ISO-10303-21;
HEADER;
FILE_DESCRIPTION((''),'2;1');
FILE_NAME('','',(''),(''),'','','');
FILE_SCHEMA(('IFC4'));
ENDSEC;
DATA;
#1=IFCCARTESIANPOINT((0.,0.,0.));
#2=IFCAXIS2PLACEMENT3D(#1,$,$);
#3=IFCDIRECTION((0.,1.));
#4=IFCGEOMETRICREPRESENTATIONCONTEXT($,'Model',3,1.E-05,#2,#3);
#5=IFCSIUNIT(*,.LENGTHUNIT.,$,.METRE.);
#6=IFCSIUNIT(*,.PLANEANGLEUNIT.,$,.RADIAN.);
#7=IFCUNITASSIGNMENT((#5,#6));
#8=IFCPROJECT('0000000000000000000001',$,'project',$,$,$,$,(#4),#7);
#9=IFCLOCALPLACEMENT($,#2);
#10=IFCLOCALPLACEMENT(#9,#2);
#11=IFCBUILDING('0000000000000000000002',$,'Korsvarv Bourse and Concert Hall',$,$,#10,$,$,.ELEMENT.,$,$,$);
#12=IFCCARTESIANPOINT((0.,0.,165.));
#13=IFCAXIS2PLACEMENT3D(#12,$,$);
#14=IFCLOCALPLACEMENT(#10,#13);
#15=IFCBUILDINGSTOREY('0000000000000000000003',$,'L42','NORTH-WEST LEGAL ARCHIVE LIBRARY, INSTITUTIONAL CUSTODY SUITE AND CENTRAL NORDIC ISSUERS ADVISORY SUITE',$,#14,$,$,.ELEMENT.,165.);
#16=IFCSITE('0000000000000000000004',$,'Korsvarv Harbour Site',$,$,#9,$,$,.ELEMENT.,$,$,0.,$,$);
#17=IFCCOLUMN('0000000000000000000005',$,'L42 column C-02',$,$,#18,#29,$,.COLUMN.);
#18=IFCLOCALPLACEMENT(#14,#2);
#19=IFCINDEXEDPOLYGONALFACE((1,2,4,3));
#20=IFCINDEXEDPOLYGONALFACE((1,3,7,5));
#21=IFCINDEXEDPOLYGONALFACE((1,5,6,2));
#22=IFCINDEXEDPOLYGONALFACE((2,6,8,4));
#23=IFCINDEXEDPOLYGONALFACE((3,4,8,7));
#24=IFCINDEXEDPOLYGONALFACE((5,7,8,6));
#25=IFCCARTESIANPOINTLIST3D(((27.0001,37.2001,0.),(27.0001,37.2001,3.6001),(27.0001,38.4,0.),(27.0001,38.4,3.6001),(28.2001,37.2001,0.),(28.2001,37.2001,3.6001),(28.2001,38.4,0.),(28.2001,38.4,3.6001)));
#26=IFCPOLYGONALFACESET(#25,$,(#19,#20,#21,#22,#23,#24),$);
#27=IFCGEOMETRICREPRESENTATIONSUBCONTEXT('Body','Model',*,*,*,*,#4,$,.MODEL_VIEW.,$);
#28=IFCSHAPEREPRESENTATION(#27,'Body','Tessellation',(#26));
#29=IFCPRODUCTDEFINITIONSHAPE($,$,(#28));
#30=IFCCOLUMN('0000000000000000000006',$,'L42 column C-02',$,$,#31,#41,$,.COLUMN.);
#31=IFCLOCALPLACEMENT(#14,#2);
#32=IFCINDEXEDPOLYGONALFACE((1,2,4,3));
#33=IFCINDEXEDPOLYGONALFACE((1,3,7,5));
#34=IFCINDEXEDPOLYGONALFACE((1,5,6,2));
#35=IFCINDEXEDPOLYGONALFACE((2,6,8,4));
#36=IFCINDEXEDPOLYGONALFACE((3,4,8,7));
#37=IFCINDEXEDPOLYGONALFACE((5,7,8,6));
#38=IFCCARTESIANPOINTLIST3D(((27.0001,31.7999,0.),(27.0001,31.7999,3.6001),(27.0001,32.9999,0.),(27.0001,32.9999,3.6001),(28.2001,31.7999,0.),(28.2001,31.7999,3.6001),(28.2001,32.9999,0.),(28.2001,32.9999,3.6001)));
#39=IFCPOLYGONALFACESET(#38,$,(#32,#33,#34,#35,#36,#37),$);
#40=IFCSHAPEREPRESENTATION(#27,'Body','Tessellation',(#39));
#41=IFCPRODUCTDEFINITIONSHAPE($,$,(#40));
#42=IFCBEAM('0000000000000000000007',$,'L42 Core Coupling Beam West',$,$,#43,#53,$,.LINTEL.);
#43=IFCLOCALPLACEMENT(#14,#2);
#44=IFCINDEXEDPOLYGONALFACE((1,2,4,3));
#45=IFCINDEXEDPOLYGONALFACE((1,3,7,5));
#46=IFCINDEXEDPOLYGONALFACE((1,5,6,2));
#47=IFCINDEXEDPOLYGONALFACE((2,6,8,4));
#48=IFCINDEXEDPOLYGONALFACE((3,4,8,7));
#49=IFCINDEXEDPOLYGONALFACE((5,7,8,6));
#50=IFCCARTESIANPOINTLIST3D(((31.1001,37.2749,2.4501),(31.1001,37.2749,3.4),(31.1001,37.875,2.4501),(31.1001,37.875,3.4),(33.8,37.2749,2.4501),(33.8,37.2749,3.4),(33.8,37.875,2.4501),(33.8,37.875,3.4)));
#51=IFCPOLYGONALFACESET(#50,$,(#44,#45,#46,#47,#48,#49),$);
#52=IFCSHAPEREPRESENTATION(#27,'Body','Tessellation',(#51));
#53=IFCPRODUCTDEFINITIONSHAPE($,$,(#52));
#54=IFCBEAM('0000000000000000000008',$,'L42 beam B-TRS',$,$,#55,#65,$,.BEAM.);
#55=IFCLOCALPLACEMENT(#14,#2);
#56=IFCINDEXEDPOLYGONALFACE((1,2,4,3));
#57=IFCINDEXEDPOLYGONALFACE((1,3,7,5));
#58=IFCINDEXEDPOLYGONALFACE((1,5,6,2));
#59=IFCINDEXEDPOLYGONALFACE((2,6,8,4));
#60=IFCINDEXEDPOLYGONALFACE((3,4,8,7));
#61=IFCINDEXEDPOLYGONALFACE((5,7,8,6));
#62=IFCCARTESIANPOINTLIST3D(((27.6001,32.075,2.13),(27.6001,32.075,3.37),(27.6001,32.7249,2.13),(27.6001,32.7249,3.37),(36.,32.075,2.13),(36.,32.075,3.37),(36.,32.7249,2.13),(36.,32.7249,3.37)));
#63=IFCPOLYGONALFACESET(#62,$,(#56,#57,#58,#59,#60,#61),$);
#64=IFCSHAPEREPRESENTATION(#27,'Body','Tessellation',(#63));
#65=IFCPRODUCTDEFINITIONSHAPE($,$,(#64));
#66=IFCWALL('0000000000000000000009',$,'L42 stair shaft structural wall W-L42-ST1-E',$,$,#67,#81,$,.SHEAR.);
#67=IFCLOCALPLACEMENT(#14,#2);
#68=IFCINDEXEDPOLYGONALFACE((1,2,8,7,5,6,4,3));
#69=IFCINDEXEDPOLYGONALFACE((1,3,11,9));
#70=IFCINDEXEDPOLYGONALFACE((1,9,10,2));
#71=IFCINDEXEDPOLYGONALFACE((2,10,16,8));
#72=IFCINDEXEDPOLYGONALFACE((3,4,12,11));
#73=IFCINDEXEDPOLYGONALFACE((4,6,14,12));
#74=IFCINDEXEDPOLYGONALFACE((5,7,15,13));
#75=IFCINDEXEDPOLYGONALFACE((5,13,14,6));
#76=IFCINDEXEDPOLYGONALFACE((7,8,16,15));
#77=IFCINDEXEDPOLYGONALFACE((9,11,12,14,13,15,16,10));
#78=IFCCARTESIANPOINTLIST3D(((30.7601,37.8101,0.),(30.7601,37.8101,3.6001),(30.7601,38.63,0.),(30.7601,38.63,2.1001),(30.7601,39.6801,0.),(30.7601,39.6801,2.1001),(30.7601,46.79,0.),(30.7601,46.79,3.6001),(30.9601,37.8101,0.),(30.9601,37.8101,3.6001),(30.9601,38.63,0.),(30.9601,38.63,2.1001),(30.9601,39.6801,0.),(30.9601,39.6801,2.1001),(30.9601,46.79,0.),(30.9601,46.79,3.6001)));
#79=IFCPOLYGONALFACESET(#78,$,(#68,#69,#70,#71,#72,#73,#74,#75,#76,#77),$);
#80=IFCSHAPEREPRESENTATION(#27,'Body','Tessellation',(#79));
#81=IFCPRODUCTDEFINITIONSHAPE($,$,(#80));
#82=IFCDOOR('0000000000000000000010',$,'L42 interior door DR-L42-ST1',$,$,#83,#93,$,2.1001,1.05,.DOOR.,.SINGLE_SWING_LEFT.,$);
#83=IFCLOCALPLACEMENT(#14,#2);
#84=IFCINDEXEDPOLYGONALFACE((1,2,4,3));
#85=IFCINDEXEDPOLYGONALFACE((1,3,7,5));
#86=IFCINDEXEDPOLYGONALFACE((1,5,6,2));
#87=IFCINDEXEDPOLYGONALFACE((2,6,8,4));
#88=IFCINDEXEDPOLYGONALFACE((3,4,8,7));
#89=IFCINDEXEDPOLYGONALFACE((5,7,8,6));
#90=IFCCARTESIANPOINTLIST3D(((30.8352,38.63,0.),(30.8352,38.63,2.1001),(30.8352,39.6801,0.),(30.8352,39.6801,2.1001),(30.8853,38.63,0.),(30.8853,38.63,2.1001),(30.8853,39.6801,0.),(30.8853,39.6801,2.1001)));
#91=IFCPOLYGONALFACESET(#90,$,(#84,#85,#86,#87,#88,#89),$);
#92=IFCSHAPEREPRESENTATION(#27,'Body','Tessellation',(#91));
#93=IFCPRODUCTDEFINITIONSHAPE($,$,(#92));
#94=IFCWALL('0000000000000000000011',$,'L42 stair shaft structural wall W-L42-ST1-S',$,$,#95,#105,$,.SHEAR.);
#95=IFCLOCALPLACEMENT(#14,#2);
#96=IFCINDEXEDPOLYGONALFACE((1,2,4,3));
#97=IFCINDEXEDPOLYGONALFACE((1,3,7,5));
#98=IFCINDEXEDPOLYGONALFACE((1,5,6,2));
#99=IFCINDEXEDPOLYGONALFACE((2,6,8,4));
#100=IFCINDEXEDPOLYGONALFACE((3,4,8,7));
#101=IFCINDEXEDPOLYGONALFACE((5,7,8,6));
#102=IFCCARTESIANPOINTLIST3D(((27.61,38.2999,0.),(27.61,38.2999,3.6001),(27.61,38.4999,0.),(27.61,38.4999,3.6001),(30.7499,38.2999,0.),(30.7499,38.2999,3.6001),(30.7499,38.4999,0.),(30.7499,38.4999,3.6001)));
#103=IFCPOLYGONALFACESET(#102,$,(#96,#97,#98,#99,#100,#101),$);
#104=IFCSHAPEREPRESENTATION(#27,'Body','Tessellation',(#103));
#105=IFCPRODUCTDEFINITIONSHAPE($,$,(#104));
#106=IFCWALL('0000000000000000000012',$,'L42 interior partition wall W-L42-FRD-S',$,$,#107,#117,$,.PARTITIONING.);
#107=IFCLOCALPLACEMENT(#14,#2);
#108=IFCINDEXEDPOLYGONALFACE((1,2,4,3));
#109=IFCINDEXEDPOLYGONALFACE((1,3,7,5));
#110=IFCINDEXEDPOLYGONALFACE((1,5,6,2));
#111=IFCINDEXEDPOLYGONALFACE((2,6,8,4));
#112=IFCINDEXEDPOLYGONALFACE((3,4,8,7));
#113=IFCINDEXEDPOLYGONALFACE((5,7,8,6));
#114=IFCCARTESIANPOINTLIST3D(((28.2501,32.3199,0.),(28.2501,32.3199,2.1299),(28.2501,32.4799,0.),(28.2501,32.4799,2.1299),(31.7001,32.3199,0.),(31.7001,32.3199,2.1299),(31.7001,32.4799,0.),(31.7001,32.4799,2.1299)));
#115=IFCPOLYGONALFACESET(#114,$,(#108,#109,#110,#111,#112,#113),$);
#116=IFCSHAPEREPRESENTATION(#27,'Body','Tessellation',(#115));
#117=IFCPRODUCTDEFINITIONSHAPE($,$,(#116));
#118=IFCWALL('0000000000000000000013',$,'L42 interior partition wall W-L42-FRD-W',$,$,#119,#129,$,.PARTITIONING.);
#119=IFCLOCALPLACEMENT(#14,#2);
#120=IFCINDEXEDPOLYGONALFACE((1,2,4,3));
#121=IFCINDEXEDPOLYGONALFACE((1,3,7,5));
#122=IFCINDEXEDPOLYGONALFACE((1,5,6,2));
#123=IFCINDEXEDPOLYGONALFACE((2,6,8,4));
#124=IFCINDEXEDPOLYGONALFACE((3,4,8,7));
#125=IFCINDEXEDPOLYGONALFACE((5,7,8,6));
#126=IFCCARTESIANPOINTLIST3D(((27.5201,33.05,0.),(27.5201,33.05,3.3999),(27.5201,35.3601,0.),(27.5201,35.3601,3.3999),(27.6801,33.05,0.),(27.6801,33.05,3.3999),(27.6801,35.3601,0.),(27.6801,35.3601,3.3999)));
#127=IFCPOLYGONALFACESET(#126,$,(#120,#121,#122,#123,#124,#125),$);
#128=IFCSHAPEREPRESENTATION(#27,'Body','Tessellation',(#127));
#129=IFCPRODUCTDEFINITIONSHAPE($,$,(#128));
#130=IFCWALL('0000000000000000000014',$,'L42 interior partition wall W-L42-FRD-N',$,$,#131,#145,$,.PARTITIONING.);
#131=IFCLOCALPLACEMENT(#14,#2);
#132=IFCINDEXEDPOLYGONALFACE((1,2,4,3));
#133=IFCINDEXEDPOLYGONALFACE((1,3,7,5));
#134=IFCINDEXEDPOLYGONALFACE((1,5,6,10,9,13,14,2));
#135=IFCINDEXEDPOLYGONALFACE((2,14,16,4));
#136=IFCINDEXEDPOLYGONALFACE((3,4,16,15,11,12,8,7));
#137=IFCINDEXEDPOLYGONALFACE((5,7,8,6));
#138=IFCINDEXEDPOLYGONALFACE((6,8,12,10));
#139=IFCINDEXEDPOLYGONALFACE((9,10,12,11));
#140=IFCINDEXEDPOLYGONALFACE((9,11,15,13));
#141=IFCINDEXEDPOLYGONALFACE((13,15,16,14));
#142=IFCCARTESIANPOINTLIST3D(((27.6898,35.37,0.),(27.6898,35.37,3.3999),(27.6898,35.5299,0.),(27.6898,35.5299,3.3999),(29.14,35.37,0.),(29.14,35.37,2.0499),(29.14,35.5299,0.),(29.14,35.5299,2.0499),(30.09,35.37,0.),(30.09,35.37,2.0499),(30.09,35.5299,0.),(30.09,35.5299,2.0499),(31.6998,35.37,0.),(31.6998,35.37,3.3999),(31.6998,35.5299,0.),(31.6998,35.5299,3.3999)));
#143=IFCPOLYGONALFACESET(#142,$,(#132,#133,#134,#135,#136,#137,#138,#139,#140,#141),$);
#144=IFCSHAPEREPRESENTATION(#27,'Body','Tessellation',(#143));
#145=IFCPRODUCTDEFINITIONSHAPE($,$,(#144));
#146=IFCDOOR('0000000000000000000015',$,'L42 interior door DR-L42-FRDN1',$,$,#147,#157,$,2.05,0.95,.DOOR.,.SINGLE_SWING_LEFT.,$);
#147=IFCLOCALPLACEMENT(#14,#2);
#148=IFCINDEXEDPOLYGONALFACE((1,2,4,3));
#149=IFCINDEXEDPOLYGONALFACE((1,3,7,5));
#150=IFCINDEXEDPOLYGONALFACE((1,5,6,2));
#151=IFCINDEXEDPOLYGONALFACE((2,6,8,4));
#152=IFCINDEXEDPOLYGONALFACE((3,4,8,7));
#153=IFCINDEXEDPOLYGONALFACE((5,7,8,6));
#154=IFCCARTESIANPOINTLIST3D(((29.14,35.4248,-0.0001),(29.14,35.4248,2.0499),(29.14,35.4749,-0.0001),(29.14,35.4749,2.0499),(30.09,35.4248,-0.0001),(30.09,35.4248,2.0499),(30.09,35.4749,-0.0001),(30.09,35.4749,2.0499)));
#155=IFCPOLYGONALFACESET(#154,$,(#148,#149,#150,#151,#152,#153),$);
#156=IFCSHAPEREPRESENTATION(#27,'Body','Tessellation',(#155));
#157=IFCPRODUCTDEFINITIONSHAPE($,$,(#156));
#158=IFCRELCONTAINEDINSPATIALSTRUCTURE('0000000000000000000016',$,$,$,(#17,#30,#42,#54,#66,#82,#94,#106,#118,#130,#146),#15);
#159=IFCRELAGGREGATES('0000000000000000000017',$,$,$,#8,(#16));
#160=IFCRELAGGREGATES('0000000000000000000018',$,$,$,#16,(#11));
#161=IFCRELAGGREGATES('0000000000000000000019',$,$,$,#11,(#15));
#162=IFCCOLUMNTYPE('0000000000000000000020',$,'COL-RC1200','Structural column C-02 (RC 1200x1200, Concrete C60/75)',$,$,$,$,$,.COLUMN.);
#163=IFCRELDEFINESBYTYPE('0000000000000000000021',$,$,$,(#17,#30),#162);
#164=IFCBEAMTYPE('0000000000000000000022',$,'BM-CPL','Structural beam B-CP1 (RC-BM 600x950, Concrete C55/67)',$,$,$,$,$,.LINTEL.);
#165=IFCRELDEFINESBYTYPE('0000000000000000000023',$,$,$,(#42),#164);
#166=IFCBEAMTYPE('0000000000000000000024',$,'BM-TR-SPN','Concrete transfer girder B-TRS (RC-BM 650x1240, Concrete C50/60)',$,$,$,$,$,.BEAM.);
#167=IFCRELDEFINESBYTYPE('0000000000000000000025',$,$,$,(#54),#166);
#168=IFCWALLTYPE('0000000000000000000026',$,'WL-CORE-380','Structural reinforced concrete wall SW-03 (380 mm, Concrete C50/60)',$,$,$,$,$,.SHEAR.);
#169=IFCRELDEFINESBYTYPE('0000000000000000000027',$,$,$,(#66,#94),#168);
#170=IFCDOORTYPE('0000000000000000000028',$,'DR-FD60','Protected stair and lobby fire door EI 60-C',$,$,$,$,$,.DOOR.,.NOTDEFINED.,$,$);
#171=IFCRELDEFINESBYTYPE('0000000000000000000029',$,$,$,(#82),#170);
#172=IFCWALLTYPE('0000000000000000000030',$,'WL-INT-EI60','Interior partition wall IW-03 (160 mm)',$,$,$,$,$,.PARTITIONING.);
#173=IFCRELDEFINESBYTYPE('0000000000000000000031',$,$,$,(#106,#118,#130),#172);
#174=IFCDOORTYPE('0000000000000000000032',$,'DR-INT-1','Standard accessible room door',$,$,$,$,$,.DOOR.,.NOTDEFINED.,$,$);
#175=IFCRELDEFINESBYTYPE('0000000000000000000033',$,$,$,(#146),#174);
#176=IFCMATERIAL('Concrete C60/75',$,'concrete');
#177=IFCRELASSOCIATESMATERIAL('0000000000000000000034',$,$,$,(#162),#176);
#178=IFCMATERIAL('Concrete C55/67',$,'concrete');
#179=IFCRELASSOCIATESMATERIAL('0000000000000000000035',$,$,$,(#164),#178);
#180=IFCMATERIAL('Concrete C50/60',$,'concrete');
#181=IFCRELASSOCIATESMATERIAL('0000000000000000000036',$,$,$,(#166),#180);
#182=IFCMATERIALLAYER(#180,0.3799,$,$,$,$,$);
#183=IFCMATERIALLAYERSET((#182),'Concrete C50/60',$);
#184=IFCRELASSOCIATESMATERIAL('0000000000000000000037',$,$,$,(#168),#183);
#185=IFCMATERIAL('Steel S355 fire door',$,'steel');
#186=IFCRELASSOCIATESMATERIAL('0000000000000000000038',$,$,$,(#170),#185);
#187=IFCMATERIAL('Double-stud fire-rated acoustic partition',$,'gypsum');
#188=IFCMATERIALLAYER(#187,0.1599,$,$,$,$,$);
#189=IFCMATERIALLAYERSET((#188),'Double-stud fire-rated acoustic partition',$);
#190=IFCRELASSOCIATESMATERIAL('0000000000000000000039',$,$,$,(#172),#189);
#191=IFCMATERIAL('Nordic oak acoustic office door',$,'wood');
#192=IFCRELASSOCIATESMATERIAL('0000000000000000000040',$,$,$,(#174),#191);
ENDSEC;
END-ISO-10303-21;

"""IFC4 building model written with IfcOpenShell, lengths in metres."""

from ifc_helpers import new_model, si_unit, direction, frame, frame_2d, origin, origin_2d, place, context, subcontext, project, spatial, rectangle, extrude, source, transform, mapped, material, layer, layer_set, material_profile, profile_set, type_object, element, fill, save


model = new_model("IFC4")

# Units and contexts
model_context = context("Model", 3, precision=1e-05, world=origin(), true_north=direction((0.0, 1.0)))
body_context = subcontext(model_context, "Body", "Model", "MODEL_VIEW")
ifc_project = project(units=[si_unit("LENGTHUNIT", "METRE"), si_unit("PLANEANGLEUNIT", "RADIAN")], contexts=[model_context])

# Site, building, storey
site_placement = place(None, origin())
site = spatial("IfcSite", under=ifc_project, at=site_placement, Name="Korsvarv Harbour Site", CompositionType="ELEMENT", RefElevation=0.0)
building_placement = place(site_placement, origin())
building = spatial("IfcBuilding", under=site, at=building_placement, Name="Korsvarv Bourse and Concert Hall", CompositionType="ELEMENT")
storey_placement = place(building_placement, frame((0.0, 0.0, 165.0)))
storey = spatial("IfcBuildingStorey", under=building, at=storey_placement, Name="L42", Description="NORTH-WEST LEGAL ARCHIVE LIBRARY, INSTITUTIONAL CUSTODY SUITE AND CENTRAL NORDIC ISSUERS ADVISORY SUITE", CompositionType="ELEMENT", Elevation=165.0)

# Columns
ifc_material_1 = material(Name="Concrete C60/75", Category="concrete")
ifc_material_profile_1 = material_profile(ifc_material_1, rectangle(XDim=1.2, YDim=1.2, at=origin_2d()), Name="RC 1200x1200")
ifc_profile_set_1 = profile_set([ifc_material_profile_1], Name="Concrete C60/75")
column_type = type_object("IfcColumnType", Name="COL-RC1200", Description="Structural column C-02 (RC 1200x1200, Concrete C60/75)", PredefinedType="COLUMN", material=ifc_profile_set_1)
shared_shape_1 = source(origin(), body_context, "Body", "SweptSolid", [
    extrude(rectangle(XDim=1.2, YDim=1.2, at=origin_2d()), origin(), (0.0, 0.0, 1.0), 3.6001),
])
for number, where, z_axis, x_axis, name in (
    (1, (27.6001, 37.8, 0.0), (0.0, 0.0, 1.0), (1.0, 0.0, 0.0), "L42 column C-02"),
    (2, (27.6001, 32.3999, 0.0), (0.0, 0.0, 1.0), (1.0, 0.0, 0.0), "L42 column C-02"),
):
    element("IfcColumn", number, at=place(storey_placement, frame(where, z_axis=z_axis, x_axis=x_axis)), inside=storey, type_object=column_type, Name=name, PredefinedType="COLUMN", context=body_context, shape_type="MappedRepresentation", body=[
        mapped(shared_shape_1, transform((0.0, 0.0, 0.0), scale=1.0)),
    ])

# Beams
ifc_material_2 = material(Name="Concrete C55/67", Category="concrete")
ifc_material_profile_2 = material_profile(ifc_material_2, rectangle(XDim=0.6001, YDim=0.95, at=origin_2d()), Name="RC-BM 600x950")
ifc_profile_set_2 = profile_set([ifc_material_profile_2], Name="Concrete C55/67")
beam_type_1 = type_object("IfcBeamType", Name="BM-CPL", Description="Structural beam B-CP1 (RC-BM 600x950, Concrete C55/67)", PredefinedType="LINTEL", material=ifc_profile_set_2)
shared_shape_2 = source(origin(), body_context, "Body", "SweptSolid", [
    extrude(rectangle(XDim=0.6001, YDim=0.95, at=origin_2d()), origin(), (0.0, 0.0, 1.0), 2.7),
])
beam_1_placement = place(storey_placement, frame((31.1001, 37.575, 2.925), z_axis=(1.0, 0.0, 0.0), x_axis=(0.0, 1.0, 0.0)))
element("IfcBeam", 3, at=beam_1_placement, inside=storey, type_object=beam_type_1, Name="L42 Core Coupling Beam West", PredefinedType="LINTEL", context=body_context, shape_type="MappedRepresentation", body=[
    mapped(shared_shape_2, transform((0.0, 0.0, 0.0), scale=1.0)),
])
ifc_material_3 = material(Name="Concrete C50/60", Category="concrete")
ifc_material_profile_3 = material_profile(ifc_material_3, rectangle(XDim=0.6499, YDim=1.24, at=origin_2d()), Name="RC-BM 650x1240")
ifc_profile_set_3 = profile_set([ifc_material_profile_3], Name="Concrete C50/60")
beam_type_2 = type_object("IfcBeamType", Name="BM-TR-SPN", Description="Concrete transfer girder B-TRS (RC-BM 650x1240, Concrete C50/60)", PredefinedType="BEAM", material=ifc_profile_set_3)
shared_shape_3 = source(origin(), body_context, "Body", "SweptSolid", [
    extrude(rectangle(XDim=0.6499, YDim=1.24, at=origin_2d()), origin(), (0.0, 0.0, 1.0), 8.3999),
])
beam_2_placement = place(storey_placement, frame((27.6001, 32.3999, 2.75), z_axis=(1.0, 0.0, 0.0), x_axis=(0.0, 1.0, 0.0)))
element("IfcBeam", 4, at=beam_2_placement, inside=storey, type_object=beam_type_2, Name="L42 beam B-TRS", PredefinedType="BEAM", context=body_context, shape_type="MappedRepresentation", body=[
    mapped(shared_shape_3, transform((0.0, 0.0, 0.0), scale=1.0)),
])

# Wall, opening, door
ifc_layer_1 = layer(ifc_material_3, 0.3799)
ifc_layer_set_1 = layer_set([ifc_layer_1], Name="Concrete C50/60")
wall_type_1 = type_object("IfcWallType", Name="WL-CORE-380", Description="Structural reinforced concrete wall SW-03 (380 mm, Concrete C50/60)", PredefinedType="SHEAR", material=ifc_layer_set_1)
wall_1_placement = place(storey_placement, frame((30.8601, 37.8101, 0.0), z_axis=(0.0, 0.0, 1.0), x_axis=(0.0, 1.0, 0.0)))
wall_1 = element("IfcWall", 5, at=wall_1_placement, inside=storey, type_object=wall_type_1, Name="L42 stair shaft structural wall W-L42-ST1-E", PredefinedType="SHEAR", context=body_context, shape_type="SweptSolid", body=[
    extrude(rectangle(XDim=8.98, YDim=0.2, at=frame_2d((4.49, 0.0))), origin(), (0.0, 0.0, 1.0), 3.6001),
])
opening_1_placement = place(wall_1_placement, frame((0.8201, 0.0, 0.0)))
opening_1 = element("IfcOpeningElement", 6, at=opening_1_placement, cuts=wall_1, PredefinedType="OPENING", context=body_context, shape_type="SweptSolid", body=[
    extrude(rectangle(XDim=1.05, YDim=2.1001, at=frame_2d((0.5249, 1.05))), frame((0.0, 0.1099, 0.0), z_axis=(0.0, -1.0, 0.0), x_axis=(1.0, 0.0, 0.0)), (0.0, 0.0, 1.0), 0.22),
])
ifc_material_4 = material(Name="Steel S355 fire door", Category="steel")
door_type_1 = type_object("IfcDoorType", Name="DR-FD60", Description="Protected stair and lobby fire door EI 60-C", OperationType="NOTDEFINED", PredefinedType="DOOR", material=ifc_material_4)
door_1_placement = place(opening_1_placement, origin())
door_1 = element("IfcDoor", 7, at=door_1_placement, inside=storey, type_object=door_type_1, Name="L42 interior door DR-L42-ST1", OperationType="SINGLE_SWING_LEFT", OverallHeight=2.1001, OverallWidth=1.05, PredefinedType="DOOR", context=body_context, shape_type="SweptSolid", body=[
    extrude(rectangle(XDim=1.05, YDim=2.1001, at=frame_2d((0.5249, 1.05))), frame((0.0, 0.0249, 0.0), z_axis=(0.0, -1.0, 0.0), x_axis=(1.0, 0.0, 0.0)), (0.0, 0.0, 1.0), 0.05),
])
fill(opening_1, door_1)

# Walls
wall_2_placement = place(storey_placement, frame((27.6101, 38.3999, 0.0), z_axis=(0.0, 0.0, 1.0), x_axis=(1.0, 0.0, 0.0)))
element("IfcWall", 8, at=wall_2_placement, inside=storey, type_object=wall_type_1, Name="L42 stair shaft structural wall W-L42-ST1-S", PredefinedType="SHEAR", context=body_context, shape_type="SweptSolid", body=[
    extrude(rectangle(XDim=3.1399, YDim=0.2, at=frame_2d((1.5698, 0.0))), origin(), (0.0, 0.0, 1.0), 3.6001),
])
ifc_material_5 = material(Name="Double-stud fire-rated acoustic partition", Category="gypsum")
ifc_layer_2 = layer(ifc_material_5, 0.1599)
ifc_layer_set_2 = layer_set([ifc_layer_2], Name="Double-stud fire-rated acoustic partition")
wall_type_2 = type_object("IfcWallType", Name="WL-INT-EI60", Description="Interior partition wall IW-03 (160 mm)", PredefinedType="PARTITIONING", material=ifc_layer_set_2)
wall_3_placement = place(storey_placement, frame((28.25, 32.3999, 0.0), z_axis=(0.0, 0.0, 1.0), x_axis=(1.0, 0.0, 0.0)))
element("IfcWall", 9, at=wall_3_placement, inside=storey, type_object=wall_type_2, Name="L42 interior partition wall W-L42-FRD-S", PredefinedType="PARTITIONING", context=body_context, shape_type="SweptSolid", body=[
    extrude(rectangle(XDim=3.45, YDim=0.1599, at=frame_2d((1.7251, 0.0))), origin(), (0.0, 0.0, 1.0), 2.1299),
])
wall_4_placement = place(storey_placement, frame((27.6001, 33.05, 0.0), z_axis=(0.0, 0.0, 1.0), x_axis=(0.0, 1.0, 0.0)))
element("IfcWall", 10, at=wall_4_placement, inside=storey, type_object=wall_type_2, Name="L42 interior partition wall W-L42-FRD-W", PredefinedType="PARTITIONING", context=body_context, shape_type="SweptSolid", body=[
    extrude(rectangle(XDim=2.3101, YDim=0.1599, at=frame_2d((1.155, 0.0))), origin(), (0.0, 0.0, 1.0), 3.3999),
])

# Wall, opening, door
wall_5_placement = place(storey_placement, frame((27.6899, 35.45, 0.0), z_axis=(0.0, 0.0, 1.0), x_axis=(1.0, 0.0, 0.0)))
wall_5 = element("IfcWall", 11, at=wall_5_placement, inside=storey, type_object=wall_type_2, Name="L42 interior partition wall W-L42-FRD-N", PredefinedType="PARTITIONING", context=body_context, shape_type="SweptSolid", body=[
    extrude(rectangle(XDim=4.01, YDim=0.1599, at=frame_2d((2.0049, 0.0))), origin(), (0.0, 0.0, 1.0), 3.3999),
])
opening_2_placement = place(wall_5_placement, frame((1.45, 0.0, 0.0)))
opening_2 = element("IfcOpeningElement", 12, at=opening_2_placement, cuts=wall_5, PredefinedType="OPENING", context=body_context, shape_type="SweptSolid", body=[
    extrude(rectangle(XDim=0.95, YDim=2.05, at=frame_2d((0.4751, 1.0249))), frame((0.0, 0.0898, 0.0), z_axis=(0.0, -1.0, 0.0), x_axis=(1.0, 0.0, 0.0)), (0.0, 0.0, 1.0), 0.1799),
])
ifc_material_6 = material(Name="Nordic oak acoustic office door", Category="wood")
door_type_2 = type_object("IfcDoorType", Name="DR-INT-1", Description="Standard accessible room door", OperationType="NOTDEFINED", PredefinedType="DOOR", material=ifc_material_6)
door_2_placement = place(opening_2_placement, origin())
door_2 = element("IfcDoor", 13, at=door_2_placement, inside=storey, type_object=door_type_2, Name="L42 interior door DR-L42-FRDN1", OperationType="SINGLE_SWING_LEFT", OverallHeight=2.05, OverallWidth=0.95, PredefinedType="DOOR", context=body_context, shape_type="SweptSolid", body=[
    extrude(rectangle(XDim=0.95, YDim=2.05, at=frame_2d((0.4751, 1.0249))), frame((0.0, 0.0249, 0.0), z_axis=(0.0, -1.0, 0.0), x_axis=(1.0, 0.0, 0.0)), (0.0, 0.0, 1.0), 0.05),
])
fill(opening_2, door_2)

save(model, "model.ifc")
